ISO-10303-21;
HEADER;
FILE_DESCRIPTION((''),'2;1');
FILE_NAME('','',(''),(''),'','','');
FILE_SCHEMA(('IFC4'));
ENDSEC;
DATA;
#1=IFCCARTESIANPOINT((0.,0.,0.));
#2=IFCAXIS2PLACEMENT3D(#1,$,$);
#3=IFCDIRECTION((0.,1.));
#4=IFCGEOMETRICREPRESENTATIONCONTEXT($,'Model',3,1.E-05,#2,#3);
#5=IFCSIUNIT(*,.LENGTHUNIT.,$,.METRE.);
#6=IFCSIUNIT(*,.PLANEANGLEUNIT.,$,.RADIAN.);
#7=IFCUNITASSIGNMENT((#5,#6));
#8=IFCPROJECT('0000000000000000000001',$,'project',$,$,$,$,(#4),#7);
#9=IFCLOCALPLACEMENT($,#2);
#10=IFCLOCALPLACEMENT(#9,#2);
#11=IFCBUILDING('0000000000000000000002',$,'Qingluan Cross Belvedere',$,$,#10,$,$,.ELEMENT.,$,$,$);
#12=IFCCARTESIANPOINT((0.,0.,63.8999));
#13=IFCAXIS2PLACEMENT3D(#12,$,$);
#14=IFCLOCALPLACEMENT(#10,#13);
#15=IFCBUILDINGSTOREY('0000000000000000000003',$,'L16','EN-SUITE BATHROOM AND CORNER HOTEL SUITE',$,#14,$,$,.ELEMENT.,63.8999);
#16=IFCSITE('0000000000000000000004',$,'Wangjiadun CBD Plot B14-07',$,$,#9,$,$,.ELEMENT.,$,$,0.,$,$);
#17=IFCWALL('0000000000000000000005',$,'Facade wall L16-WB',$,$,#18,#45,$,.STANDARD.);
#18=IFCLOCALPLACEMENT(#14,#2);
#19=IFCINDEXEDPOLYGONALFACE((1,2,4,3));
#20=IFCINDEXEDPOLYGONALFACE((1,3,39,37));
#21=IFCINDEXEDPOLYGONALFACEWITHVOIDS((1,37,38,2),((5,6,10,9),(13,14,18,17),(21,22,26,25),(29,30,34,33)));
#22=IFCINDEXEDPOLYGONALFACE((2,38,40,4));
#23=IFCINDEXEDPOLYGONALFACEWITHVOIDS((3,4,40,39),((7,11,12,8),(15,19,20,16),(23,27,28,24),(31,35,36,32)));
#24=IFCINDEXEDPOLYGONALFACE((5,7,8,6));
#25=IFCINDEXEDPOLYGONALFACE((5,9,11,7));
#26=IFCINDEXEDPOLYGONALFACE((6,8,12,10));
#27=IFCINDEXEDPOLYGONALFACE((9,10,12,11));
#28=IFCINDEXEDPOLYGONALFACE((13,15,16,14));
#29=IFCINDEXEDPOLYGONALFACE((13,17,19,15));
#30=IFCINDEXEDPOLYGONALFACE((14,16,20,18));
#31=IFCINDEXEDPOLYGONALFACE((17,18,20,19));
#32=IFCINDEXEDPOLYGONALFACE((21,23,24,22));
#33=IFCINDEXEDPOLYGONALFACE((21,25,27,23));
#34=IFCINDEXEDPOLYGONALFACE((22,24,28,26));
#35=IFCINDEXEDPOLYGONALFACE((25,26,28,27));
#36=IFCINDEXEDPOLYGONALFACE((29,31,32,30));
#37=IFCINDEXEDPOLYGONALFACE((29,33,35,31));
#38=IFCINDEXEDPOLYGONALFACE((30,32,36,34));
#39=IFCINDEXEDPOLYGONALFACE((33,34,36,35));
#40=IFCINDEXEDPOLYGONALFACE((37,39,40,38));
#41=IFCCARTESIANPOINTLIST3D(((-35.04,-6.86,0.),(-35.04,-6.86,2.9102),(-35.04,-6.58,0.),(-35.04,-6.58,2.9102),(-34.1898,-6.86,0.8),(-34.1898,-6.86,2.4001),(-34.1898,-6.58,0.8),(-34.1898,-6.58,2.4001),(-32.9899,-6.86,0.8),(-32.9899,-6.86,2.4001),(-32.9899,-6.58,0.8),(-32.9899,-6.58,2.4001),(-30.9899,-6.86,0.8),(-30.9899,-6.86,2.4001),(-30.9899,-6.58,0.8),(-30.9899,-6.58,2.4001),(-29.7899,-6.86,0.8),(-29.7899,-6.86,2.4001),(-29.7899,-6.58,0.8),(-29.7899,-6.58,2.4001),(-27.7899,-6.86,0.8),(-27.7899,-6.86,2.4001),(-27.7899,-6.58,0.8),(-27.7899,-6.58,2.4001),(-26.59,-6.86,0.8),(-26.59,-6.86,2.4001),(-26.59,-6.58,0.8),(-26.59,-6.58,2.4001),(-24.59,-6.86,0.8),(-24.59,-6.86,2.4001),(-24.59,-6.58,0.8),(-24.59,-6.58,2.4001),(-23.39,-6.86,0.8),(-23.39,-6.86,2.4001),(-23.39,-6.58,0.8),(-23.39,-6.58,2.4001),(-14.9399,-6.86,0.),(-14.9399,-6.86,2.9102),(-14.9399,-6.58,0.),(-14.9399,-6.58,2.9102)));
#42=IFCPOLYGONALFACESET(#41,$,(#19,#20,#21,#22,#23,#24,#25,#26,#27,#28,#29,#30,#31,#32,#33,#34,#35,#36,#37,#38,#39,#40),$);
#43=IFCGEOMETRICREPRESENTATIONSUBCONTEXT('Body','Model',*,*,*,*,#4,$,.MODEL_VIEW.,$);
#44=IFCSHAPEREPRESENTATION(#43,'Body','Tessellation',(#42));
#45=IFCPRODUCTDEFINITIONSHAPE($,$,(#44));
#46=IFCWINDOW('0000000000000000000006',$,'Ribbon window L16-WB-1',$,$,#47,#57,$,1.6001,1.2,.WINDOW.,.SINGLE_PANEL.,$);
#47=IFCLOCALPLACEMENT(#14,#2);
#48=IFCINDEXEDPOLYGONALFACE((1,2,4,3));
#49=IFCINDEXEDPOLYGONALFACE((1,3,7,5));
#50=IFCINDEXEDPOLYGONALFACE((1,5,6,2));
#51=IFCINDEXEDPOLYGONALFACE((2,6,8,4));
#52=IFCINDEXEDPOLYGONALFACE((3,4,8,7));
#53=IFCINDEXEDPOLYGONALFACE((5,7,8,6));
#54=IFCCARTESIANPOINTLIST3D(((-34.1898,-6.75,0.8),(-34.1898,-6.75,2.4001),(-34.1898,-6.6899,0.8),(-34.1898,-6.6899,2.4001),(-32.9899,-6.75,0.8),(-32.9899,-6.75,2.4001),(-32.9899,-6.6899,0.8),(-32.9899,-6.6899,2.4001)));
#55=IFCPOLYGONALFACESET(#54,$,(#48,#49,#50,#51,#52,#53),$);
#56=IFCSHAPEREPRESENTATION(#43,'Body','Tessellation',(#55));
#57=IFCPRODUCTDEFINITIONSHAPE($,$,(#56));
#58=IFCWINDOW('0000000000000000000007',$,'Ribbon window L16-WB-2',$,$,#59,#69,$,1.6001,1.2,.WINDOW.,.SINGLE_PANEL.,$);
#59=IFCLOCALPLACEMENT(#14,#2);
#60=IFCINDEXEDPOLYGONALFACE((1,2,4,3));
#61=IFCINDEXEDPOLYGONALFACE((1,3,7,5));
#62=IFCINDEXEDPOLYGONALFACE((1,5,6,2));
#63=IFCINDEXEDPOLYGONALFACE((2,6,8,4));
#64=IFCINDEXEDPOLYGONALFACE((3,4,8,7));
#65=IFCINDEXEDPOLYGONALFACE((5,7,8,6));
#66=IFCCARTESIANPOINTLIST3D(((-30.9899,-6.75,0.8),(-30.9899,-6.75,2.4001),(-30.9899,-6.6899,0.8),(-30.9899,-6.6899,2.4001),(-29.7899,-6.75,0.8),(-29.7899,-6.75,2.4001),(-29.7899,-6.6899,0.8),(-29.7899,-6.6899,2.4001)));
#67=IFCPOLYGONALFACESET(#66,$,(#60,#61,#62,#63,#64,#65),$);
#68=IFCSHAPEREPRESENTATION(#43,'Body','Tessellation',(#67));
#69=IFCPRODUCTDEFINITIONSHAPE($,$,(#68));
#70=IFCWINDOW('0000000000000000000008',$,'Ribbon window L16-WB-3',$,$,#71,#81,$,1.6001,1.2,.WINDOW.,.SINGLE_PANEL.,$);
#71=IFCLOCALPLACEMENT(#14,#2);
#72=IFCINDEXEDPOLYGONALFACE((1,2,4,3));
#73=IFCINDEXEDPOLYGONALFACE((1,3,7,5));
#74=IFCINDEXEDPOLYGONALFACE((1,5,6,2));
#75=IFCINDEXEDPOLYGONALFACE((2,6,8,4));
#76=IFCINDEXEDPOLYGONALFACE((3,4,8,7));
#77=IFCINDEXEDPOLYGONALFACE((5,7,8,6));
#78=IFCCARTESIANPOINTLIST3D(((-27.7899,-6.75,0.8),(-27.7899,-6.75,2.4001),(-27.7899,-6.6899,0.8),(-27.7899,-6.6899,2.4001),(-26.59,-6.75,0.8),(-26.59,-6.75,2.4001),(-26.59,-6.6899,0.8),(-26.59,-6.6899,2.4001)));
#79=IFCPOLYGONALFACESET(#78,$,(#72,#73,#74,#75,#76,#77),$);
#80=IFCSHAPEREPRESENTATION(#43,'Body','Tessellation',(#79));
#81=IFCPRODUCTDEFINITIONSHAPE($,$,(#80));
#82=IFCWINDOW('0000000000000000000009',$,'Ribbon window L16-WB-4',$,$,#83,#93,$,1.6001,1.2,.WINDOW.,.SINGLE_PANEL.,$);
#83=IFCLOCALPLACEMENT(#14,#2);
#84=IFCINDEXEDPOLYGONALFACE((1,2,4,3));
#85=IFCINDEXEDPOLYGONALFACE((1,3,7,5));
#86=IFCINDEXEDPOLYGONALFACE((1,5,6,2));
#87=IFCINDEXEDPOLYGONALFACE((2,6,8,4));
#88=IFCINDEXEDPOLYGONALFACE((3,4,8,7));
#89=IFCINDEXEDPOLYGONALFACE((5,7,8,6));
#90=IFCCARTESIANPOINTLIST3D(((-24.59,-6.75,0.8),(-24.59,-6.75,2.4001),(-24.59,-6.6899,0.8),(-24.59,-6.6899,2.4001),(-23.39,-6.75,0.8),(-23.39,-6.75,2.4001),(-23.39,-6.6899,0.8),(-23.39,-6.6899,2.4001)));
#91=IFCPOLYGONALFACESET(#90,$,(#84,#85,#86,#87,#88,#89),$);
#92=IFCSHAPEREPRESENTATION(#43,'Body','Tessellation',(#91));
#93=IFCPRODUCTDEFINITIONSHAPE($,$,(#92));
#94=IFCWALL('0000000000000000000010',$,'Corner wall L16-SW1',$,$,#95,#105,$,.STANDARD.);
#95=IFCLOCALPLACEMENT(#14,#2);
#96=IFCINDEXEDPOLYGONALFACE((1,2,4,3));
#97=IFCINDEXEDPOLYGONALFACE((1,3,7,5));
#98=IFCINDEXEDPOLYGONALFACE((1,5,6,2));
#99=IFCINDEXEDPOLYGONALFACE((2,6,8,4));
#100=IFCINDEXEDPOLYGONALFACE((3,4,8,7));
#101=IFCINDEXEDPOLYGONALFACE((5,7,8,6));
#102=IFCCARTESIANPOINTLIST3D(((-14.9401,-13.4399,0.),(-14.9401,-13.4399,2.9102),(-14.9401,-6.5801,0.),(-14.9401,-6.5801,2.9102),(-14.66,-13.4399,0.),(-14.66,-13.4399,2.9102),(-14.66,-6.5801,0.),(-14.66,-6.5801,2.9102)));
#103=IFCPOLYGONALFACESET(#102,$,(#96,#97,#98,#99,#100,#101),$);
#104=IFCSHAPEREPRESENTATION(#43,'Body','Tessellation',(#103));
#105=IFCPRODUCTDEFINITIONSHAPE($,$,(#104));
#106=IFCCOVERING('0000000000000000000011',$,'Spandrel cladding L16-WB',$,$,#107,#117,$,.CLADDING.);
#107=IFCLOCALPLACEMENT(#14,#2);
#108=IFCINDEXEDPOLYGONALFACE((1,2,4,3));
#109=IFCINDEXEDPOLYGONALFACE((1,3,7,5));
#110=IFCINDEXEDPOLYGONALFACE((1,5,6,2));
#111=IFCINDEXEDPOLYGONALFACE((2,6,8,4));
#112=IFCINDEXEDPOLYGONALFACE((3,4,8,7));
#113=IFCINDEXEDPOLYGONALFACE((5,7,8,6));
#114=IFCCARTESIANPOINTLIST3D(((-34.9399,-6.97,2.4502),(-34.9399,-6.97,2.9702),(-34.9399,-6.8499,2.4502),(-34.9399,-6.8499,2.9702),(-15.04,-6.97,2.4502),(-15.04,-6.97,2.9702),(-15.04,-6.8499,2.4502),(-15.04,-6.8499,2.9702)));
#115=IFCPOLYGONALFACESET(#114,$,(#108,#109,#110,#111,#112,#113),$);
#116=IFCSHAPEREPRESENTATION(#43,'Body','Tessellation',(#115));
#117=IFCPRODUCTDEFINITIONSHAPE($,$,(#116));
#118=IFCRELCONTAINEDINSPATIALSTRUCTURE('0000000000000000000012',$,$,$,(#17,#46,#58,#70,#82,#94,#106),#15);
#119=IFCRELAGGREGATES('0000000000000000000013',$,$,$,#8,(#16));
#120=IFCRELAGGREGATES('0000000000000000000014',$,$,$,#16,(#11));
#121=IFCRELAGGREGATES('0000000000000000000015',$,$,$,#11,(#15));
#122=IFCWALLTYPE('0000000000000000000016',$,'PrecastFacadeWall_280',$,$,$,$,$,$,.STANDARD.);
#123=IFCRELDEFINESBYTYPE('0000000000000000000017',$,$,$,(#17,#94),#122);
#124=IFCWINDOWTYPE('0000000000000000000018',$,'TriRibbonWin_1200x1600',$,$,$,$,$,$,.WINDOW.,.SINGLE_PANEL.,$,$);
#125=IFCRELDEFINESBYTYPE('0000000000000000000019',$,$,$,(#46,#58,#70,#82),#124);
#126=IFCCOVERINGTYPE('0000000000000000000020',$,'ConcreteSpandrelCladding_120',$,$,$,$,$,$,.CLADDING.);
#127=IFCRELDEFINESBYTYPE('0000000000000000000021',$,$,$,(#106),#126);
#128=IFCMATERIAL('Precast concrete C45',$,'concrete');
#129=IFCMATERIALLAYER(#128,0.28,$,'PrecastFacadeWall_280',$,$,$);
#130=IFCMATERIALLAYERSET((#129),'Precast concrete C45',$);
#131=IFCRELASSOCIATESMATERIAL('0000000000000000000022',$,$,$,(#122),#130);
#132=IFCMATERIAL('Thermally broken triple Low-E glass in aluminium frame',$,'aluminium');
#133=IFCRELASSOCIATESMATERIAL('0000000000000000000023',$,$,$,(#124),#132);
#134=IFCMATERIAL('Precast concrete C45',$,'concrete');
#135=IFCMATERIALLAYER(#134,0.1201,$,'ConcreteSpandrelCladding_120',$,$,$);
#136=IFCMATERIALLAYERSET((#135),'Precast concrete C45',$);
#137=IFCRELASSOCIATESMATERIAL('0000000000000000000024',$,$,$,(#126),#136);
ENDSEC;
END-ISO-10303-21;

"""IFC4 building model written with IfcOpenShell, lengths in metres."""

from ifc_helpers import new_model, si_unit, direction, frame, frame_2d, origin, origin_2d, place, context, subcontext, project, spatial, rectangle, extrude, material, layer, layer_set, type_object, element, fill, save


model = new_model("IFC4")

# Units and contexts
model_context = context("Model", 3, precision=1e-05, world=origin(), true_north=direction((0.0, 1.0)))
body_context = subcontext(model_context, "Body", "Model", "MODEL_VIEW")
ifc_project = project(units=[si_unit("LENGTHUNIT", "METRE"), si_unit("PLANEANGLEUNIT", "RADIAN")], contexts=[model_context])

# Site, building, storey
site_placement = place(None, origin())
site = spatial("IfcSite", under=ifc_project, at=site_placement, Name="Wangjiadun CBD Plot B14-07", CompositionType="ELEMENT", RefElevation=0.0)
building_placement = place(site_placement, origin())
building = spatial("IfcBuilding", under=site, at=building_placement, Name="Qingluan Cross Belvedere", CompositionType="ELEMENT")
storey_placement = place(building_placement, frame((0.0, 0.0, 63.8999)))
storey = spatial("IfcBuildingStorey", under=building, at=storey_placement, Name="L16", Description="EN-SUITE BATHROOM AND CORNER HOTEL SUITE", CompositionType="ELEMENT", Elevation=63.8999)

# Wall, openings, windows
ifc_material_1 = material(Name="Precast concrete C45", Category="concrete")
ifc_layer_1 = layer(ifc_material_1, 0.28, Name="PrecastFacadeWall_280")
ifc_layer_set_1 = layer_set([ifc_layer_1], Name="Precast concrete C45")
wall_type_1 = type_object("IfcWallType", Name="PrecastFacadeWall_280", PredefinedType="STANDARD", material=ifc_layer_set_1)
wall_1_placement = place(storey_placement, frame((-35.04, -6.72, 0.0), z_axis=(0.0, 0.0, 1.0), x_axis=(1.0, 0.0, 0.0)))
wall_1 = element("IfcWall", 1, at=wall_1_placement, inside=storey, type_object=wall_type_1, Name="Facade wall L16-WB", PredefinedType="STANDARD", context=body_context, shape_type="SweptSolid", body=[
    extrude(rectangle(XDim=20.1001, YDim=0.28, at=frame_2d((10.05, 0.0))), origin(), (0.0, 0.0, 1.0), 2.9102),
])
opening_1_placement = place(wall_1_placement, frame((0.8501, 0.0, 0.8)))
opening_1 = element("IfcOpeningElement", 2, at=opening_1_placement, cuts=wall_1, PredefinedType="OPENING", context=body_context, shape_type="SweptSolid", body=[
    extrude(rectangle(XDim=1.2, YDim=1.6001, at=frame_2d((0.6001, 0.8))), frame((0.0, 0.1499, 0.0), z_axis=(0.0, -1.0, 0.0), x_axis=(1.0, 0.0, 0.0)), (0.0, 0.0, 1.0), 0.3),
])
opening_2_placement = place(wall_1_placement, frame((4.05, 0.0, 0.8)))
opening_2 = element("IfcOpeningElement", 3, at=opening_2_placement, cuts=wall_1, PredefinedType="OPENING", context=body_context, shape_type="SweptSolid", body=[
    extrude(rectangle(XDim=1.2, YDim=1.6001, at=frame_2d((0.6001, 0.8))), frame((0.0, 0.1499, 0.0), z_axis=(0.0, -1.0, 0.0), x_axis=(1.0, 0.0, 0.0)), (0.0, 0.0, 1.0), 0.3),
])
opening_3_placement = place(wall_1_placement, frame((7.25, 0.0, 0.8)))
opening_3 = element("IfcOpeningElement", 4, at=opening_3_placement, cuts=wall_1, PredefinedType="OPENING", context=body_context, shape_type="SweptSolid", body=[
    extrude(rectangle(XDim=1.2, YDim=1.6001, at=frame_2d((0.6001, 0.8))), frame((0.0, 0.1499, 0.0), z_axis=(0.0, -1.0, 0.0), x_axis=(1.0, 0.0, 0.0)), (0.0, 0.0, 1.0), 0.3),
])
opening_4_placement = place(wall_1_placement, frame((10.45, 0.0, 0.8)))
opening_4 = element("IfcOpeningElement", 5, at=opening_4_placement, cuts=wall_1, PredefinedType="OPENING", context=body_context, shape_type="SweptSolid", body=[
    extrude(rectangle(XDim=1.2, YDim=1.6001, at=frame_2d((0.6001, 0.8))), frame((0.0, 0.1499, 0.0), z_axis=(0.0, -1.0, 0.0), x_axis=(1.0, 0.0, 0.0)), (0.0, 0.0, 1.0), 0.3),
])
ifc_material_2 = material(Name="Thermally broken triple Low-E glass in aluminium frame", Category="aluminium")
window_type = type_object("IfcWindowType", Name="TriRibbonWin_1200x1600", PartitioningType="SINGLE_PANEL", PredefinedType="WINDOW", material=ifc_material_2)
window_1_placement = place(opening_1_placement, origin())
window_1 = element("IfcWindow", 6, at=window_1_placement, inside=storey, type_object=window_type, Name="Ribbon window L16-WB-1", OverallHeight=1.6001, OverallWidth=1.2, PartitioningType="SINGLE_PANEL", PredefinedType="WINDOW", context=body_context, shape_type="SweptSolid", body=[
    extrude(rectangle(XDim=1.2, YDim=1.6001, at=frame_2d((0.6001, 0.8))), frame((0.0, 0.03, 0.0), z_axis=(0.0, -1.0, 0.0), x_axis=(1.0, 0.0, 0.0)), (0.0, 0.0, 1.0), 0.0601),
])
fill(opening_1, window_1)
window_2_placement = place(opening_2_placement, origin())
window_2 = element("IfcWindow", 7, at=window_2_placement, inside=storey, type_object=window_type, Name="Ribbon window L16-WB-2", OverallHeight=1.6001, OverallWidth=1.2, PartitioningType="SINGLE_PANEL", PredefinedType="WINDOW", context=body_context, shape_type="SweptSolid", body=[
    extrude(rectangle(XDim=1.2, YDim=1.6001, at=frame_2d((0.6001, 0.8))), frame((0.0, 0.03, 0.0), z_axis=(0.0, -1.0, 0.0), x_axis=(1.0, 0.0, 0.0)), (0.0, 0.0, 1.0), 0.0601),
])
fill(opening_2, window_2)
window_3_placement = place(opening_3_placement, origin())
window_3 = element("IfcWindow", 8, at=window_3_placement, inside=storey, type_object=window_type, Name="Ribbon window L16-WB-3", OverallHeight=1.6001, OverallWidth=1.2, PartitioningType="SINGLE_PANEL", PredefinedType="WINDOW", context=body_context, shape_type="SweptSolid", body=[
    extrude(rectangle(XDim=1.2, YDim=1.6001, at=frame_2d((0.6001, 0.8))), frame((0.0, 0.03, 0.0), z_axis=(0.0, -1.0, 0.0), x_axis=(1.0, 0.0, 0.0)), (0.0, 0.0, 1.0), 0.0601),
])
fill(opening_3, window_3)
window_4_placement = place(opening_4_placement, origin())
window_4 = element("IfcWindow", 9, at=window_4_placement, inside=storey, type_object=window_type, Name="Ribbon window L16-WB-4", OverallHeight=1.6001, OverallWidth=1.2, PartitioningType="SINGLE_PANEL", PredefinedType="WINDOW", context=body_context, shape_type="SweptSolid", body=[
    extrude(rectangle(XDim=1.2, YDim=1.6001, at=frame_2d((0.6001, 0.8))), frame((0.0, 0.03, 0.0), z_axis=(0.0, -1.0, 0.0), x_axis=(1.0, 0.0, 0.0)), (0.0, 0.0, 1.0), 0.0601),
])
fill(opening_4, window_4)

# Wall
wall_2_placement = place(storey_placement, frame((-14.8, -6.5801, 0.0), z_axis=(0.0, 0.0, 1.0), x_axis=(0.0, -1.0, 0.0)))
element("IfcWall", 10, at=wall_2_placement, inside=storey, type_object=wall_type_1, Name="Corner wall L16-SW1", PredefinedType="STANDARD", context=body_context, shape_type="SweptSolid", body=[
    extrude(rectangle(XDim=6.8599, YDim=0.28, at=frame_2d((3.4299, 0.0))), origin(), (0.0, 0.0, 1.0), 2.9102),
])

# Covering
ifc_material_3 = material(Name="Precast concrete C45", Category="concrete")
ifc_layer_2 = layer(ifc_material_3, 0.1201, Name="ConcreteSpandrelCladding_120")
ifc_layer_set_2 = layer_set([ifc_layer_2], Name="Precast concrete C45")
covering_type = type_object("IfcCoveringType", Name="ConcreteSpandrelCladding_120", PredefinedType="CLADDING", material=ifc_layer_set_2)
covering_placement = place(storey_placement, frame((-24.99, -6.9099, 2.4502), z_axis=(0.0, 0.0, 1.0), x_axis=(1.0, 0.0, 0.0)))
element("IfcCovering", 11, at=covering_placement, inside=storey, type_object=covering_type, Name="Spandrel cladding L16-WB", PredefinedType="CLADDING", context=body_context, shape_type="SweptSolid", body=[
    extrude(rectangle(XDim=19.8999, YDim=0.1201, at=origin_2d()), origin(), (0.0, 0.0, 1.0), 0.52),
])

save(model, "model.ifc")
